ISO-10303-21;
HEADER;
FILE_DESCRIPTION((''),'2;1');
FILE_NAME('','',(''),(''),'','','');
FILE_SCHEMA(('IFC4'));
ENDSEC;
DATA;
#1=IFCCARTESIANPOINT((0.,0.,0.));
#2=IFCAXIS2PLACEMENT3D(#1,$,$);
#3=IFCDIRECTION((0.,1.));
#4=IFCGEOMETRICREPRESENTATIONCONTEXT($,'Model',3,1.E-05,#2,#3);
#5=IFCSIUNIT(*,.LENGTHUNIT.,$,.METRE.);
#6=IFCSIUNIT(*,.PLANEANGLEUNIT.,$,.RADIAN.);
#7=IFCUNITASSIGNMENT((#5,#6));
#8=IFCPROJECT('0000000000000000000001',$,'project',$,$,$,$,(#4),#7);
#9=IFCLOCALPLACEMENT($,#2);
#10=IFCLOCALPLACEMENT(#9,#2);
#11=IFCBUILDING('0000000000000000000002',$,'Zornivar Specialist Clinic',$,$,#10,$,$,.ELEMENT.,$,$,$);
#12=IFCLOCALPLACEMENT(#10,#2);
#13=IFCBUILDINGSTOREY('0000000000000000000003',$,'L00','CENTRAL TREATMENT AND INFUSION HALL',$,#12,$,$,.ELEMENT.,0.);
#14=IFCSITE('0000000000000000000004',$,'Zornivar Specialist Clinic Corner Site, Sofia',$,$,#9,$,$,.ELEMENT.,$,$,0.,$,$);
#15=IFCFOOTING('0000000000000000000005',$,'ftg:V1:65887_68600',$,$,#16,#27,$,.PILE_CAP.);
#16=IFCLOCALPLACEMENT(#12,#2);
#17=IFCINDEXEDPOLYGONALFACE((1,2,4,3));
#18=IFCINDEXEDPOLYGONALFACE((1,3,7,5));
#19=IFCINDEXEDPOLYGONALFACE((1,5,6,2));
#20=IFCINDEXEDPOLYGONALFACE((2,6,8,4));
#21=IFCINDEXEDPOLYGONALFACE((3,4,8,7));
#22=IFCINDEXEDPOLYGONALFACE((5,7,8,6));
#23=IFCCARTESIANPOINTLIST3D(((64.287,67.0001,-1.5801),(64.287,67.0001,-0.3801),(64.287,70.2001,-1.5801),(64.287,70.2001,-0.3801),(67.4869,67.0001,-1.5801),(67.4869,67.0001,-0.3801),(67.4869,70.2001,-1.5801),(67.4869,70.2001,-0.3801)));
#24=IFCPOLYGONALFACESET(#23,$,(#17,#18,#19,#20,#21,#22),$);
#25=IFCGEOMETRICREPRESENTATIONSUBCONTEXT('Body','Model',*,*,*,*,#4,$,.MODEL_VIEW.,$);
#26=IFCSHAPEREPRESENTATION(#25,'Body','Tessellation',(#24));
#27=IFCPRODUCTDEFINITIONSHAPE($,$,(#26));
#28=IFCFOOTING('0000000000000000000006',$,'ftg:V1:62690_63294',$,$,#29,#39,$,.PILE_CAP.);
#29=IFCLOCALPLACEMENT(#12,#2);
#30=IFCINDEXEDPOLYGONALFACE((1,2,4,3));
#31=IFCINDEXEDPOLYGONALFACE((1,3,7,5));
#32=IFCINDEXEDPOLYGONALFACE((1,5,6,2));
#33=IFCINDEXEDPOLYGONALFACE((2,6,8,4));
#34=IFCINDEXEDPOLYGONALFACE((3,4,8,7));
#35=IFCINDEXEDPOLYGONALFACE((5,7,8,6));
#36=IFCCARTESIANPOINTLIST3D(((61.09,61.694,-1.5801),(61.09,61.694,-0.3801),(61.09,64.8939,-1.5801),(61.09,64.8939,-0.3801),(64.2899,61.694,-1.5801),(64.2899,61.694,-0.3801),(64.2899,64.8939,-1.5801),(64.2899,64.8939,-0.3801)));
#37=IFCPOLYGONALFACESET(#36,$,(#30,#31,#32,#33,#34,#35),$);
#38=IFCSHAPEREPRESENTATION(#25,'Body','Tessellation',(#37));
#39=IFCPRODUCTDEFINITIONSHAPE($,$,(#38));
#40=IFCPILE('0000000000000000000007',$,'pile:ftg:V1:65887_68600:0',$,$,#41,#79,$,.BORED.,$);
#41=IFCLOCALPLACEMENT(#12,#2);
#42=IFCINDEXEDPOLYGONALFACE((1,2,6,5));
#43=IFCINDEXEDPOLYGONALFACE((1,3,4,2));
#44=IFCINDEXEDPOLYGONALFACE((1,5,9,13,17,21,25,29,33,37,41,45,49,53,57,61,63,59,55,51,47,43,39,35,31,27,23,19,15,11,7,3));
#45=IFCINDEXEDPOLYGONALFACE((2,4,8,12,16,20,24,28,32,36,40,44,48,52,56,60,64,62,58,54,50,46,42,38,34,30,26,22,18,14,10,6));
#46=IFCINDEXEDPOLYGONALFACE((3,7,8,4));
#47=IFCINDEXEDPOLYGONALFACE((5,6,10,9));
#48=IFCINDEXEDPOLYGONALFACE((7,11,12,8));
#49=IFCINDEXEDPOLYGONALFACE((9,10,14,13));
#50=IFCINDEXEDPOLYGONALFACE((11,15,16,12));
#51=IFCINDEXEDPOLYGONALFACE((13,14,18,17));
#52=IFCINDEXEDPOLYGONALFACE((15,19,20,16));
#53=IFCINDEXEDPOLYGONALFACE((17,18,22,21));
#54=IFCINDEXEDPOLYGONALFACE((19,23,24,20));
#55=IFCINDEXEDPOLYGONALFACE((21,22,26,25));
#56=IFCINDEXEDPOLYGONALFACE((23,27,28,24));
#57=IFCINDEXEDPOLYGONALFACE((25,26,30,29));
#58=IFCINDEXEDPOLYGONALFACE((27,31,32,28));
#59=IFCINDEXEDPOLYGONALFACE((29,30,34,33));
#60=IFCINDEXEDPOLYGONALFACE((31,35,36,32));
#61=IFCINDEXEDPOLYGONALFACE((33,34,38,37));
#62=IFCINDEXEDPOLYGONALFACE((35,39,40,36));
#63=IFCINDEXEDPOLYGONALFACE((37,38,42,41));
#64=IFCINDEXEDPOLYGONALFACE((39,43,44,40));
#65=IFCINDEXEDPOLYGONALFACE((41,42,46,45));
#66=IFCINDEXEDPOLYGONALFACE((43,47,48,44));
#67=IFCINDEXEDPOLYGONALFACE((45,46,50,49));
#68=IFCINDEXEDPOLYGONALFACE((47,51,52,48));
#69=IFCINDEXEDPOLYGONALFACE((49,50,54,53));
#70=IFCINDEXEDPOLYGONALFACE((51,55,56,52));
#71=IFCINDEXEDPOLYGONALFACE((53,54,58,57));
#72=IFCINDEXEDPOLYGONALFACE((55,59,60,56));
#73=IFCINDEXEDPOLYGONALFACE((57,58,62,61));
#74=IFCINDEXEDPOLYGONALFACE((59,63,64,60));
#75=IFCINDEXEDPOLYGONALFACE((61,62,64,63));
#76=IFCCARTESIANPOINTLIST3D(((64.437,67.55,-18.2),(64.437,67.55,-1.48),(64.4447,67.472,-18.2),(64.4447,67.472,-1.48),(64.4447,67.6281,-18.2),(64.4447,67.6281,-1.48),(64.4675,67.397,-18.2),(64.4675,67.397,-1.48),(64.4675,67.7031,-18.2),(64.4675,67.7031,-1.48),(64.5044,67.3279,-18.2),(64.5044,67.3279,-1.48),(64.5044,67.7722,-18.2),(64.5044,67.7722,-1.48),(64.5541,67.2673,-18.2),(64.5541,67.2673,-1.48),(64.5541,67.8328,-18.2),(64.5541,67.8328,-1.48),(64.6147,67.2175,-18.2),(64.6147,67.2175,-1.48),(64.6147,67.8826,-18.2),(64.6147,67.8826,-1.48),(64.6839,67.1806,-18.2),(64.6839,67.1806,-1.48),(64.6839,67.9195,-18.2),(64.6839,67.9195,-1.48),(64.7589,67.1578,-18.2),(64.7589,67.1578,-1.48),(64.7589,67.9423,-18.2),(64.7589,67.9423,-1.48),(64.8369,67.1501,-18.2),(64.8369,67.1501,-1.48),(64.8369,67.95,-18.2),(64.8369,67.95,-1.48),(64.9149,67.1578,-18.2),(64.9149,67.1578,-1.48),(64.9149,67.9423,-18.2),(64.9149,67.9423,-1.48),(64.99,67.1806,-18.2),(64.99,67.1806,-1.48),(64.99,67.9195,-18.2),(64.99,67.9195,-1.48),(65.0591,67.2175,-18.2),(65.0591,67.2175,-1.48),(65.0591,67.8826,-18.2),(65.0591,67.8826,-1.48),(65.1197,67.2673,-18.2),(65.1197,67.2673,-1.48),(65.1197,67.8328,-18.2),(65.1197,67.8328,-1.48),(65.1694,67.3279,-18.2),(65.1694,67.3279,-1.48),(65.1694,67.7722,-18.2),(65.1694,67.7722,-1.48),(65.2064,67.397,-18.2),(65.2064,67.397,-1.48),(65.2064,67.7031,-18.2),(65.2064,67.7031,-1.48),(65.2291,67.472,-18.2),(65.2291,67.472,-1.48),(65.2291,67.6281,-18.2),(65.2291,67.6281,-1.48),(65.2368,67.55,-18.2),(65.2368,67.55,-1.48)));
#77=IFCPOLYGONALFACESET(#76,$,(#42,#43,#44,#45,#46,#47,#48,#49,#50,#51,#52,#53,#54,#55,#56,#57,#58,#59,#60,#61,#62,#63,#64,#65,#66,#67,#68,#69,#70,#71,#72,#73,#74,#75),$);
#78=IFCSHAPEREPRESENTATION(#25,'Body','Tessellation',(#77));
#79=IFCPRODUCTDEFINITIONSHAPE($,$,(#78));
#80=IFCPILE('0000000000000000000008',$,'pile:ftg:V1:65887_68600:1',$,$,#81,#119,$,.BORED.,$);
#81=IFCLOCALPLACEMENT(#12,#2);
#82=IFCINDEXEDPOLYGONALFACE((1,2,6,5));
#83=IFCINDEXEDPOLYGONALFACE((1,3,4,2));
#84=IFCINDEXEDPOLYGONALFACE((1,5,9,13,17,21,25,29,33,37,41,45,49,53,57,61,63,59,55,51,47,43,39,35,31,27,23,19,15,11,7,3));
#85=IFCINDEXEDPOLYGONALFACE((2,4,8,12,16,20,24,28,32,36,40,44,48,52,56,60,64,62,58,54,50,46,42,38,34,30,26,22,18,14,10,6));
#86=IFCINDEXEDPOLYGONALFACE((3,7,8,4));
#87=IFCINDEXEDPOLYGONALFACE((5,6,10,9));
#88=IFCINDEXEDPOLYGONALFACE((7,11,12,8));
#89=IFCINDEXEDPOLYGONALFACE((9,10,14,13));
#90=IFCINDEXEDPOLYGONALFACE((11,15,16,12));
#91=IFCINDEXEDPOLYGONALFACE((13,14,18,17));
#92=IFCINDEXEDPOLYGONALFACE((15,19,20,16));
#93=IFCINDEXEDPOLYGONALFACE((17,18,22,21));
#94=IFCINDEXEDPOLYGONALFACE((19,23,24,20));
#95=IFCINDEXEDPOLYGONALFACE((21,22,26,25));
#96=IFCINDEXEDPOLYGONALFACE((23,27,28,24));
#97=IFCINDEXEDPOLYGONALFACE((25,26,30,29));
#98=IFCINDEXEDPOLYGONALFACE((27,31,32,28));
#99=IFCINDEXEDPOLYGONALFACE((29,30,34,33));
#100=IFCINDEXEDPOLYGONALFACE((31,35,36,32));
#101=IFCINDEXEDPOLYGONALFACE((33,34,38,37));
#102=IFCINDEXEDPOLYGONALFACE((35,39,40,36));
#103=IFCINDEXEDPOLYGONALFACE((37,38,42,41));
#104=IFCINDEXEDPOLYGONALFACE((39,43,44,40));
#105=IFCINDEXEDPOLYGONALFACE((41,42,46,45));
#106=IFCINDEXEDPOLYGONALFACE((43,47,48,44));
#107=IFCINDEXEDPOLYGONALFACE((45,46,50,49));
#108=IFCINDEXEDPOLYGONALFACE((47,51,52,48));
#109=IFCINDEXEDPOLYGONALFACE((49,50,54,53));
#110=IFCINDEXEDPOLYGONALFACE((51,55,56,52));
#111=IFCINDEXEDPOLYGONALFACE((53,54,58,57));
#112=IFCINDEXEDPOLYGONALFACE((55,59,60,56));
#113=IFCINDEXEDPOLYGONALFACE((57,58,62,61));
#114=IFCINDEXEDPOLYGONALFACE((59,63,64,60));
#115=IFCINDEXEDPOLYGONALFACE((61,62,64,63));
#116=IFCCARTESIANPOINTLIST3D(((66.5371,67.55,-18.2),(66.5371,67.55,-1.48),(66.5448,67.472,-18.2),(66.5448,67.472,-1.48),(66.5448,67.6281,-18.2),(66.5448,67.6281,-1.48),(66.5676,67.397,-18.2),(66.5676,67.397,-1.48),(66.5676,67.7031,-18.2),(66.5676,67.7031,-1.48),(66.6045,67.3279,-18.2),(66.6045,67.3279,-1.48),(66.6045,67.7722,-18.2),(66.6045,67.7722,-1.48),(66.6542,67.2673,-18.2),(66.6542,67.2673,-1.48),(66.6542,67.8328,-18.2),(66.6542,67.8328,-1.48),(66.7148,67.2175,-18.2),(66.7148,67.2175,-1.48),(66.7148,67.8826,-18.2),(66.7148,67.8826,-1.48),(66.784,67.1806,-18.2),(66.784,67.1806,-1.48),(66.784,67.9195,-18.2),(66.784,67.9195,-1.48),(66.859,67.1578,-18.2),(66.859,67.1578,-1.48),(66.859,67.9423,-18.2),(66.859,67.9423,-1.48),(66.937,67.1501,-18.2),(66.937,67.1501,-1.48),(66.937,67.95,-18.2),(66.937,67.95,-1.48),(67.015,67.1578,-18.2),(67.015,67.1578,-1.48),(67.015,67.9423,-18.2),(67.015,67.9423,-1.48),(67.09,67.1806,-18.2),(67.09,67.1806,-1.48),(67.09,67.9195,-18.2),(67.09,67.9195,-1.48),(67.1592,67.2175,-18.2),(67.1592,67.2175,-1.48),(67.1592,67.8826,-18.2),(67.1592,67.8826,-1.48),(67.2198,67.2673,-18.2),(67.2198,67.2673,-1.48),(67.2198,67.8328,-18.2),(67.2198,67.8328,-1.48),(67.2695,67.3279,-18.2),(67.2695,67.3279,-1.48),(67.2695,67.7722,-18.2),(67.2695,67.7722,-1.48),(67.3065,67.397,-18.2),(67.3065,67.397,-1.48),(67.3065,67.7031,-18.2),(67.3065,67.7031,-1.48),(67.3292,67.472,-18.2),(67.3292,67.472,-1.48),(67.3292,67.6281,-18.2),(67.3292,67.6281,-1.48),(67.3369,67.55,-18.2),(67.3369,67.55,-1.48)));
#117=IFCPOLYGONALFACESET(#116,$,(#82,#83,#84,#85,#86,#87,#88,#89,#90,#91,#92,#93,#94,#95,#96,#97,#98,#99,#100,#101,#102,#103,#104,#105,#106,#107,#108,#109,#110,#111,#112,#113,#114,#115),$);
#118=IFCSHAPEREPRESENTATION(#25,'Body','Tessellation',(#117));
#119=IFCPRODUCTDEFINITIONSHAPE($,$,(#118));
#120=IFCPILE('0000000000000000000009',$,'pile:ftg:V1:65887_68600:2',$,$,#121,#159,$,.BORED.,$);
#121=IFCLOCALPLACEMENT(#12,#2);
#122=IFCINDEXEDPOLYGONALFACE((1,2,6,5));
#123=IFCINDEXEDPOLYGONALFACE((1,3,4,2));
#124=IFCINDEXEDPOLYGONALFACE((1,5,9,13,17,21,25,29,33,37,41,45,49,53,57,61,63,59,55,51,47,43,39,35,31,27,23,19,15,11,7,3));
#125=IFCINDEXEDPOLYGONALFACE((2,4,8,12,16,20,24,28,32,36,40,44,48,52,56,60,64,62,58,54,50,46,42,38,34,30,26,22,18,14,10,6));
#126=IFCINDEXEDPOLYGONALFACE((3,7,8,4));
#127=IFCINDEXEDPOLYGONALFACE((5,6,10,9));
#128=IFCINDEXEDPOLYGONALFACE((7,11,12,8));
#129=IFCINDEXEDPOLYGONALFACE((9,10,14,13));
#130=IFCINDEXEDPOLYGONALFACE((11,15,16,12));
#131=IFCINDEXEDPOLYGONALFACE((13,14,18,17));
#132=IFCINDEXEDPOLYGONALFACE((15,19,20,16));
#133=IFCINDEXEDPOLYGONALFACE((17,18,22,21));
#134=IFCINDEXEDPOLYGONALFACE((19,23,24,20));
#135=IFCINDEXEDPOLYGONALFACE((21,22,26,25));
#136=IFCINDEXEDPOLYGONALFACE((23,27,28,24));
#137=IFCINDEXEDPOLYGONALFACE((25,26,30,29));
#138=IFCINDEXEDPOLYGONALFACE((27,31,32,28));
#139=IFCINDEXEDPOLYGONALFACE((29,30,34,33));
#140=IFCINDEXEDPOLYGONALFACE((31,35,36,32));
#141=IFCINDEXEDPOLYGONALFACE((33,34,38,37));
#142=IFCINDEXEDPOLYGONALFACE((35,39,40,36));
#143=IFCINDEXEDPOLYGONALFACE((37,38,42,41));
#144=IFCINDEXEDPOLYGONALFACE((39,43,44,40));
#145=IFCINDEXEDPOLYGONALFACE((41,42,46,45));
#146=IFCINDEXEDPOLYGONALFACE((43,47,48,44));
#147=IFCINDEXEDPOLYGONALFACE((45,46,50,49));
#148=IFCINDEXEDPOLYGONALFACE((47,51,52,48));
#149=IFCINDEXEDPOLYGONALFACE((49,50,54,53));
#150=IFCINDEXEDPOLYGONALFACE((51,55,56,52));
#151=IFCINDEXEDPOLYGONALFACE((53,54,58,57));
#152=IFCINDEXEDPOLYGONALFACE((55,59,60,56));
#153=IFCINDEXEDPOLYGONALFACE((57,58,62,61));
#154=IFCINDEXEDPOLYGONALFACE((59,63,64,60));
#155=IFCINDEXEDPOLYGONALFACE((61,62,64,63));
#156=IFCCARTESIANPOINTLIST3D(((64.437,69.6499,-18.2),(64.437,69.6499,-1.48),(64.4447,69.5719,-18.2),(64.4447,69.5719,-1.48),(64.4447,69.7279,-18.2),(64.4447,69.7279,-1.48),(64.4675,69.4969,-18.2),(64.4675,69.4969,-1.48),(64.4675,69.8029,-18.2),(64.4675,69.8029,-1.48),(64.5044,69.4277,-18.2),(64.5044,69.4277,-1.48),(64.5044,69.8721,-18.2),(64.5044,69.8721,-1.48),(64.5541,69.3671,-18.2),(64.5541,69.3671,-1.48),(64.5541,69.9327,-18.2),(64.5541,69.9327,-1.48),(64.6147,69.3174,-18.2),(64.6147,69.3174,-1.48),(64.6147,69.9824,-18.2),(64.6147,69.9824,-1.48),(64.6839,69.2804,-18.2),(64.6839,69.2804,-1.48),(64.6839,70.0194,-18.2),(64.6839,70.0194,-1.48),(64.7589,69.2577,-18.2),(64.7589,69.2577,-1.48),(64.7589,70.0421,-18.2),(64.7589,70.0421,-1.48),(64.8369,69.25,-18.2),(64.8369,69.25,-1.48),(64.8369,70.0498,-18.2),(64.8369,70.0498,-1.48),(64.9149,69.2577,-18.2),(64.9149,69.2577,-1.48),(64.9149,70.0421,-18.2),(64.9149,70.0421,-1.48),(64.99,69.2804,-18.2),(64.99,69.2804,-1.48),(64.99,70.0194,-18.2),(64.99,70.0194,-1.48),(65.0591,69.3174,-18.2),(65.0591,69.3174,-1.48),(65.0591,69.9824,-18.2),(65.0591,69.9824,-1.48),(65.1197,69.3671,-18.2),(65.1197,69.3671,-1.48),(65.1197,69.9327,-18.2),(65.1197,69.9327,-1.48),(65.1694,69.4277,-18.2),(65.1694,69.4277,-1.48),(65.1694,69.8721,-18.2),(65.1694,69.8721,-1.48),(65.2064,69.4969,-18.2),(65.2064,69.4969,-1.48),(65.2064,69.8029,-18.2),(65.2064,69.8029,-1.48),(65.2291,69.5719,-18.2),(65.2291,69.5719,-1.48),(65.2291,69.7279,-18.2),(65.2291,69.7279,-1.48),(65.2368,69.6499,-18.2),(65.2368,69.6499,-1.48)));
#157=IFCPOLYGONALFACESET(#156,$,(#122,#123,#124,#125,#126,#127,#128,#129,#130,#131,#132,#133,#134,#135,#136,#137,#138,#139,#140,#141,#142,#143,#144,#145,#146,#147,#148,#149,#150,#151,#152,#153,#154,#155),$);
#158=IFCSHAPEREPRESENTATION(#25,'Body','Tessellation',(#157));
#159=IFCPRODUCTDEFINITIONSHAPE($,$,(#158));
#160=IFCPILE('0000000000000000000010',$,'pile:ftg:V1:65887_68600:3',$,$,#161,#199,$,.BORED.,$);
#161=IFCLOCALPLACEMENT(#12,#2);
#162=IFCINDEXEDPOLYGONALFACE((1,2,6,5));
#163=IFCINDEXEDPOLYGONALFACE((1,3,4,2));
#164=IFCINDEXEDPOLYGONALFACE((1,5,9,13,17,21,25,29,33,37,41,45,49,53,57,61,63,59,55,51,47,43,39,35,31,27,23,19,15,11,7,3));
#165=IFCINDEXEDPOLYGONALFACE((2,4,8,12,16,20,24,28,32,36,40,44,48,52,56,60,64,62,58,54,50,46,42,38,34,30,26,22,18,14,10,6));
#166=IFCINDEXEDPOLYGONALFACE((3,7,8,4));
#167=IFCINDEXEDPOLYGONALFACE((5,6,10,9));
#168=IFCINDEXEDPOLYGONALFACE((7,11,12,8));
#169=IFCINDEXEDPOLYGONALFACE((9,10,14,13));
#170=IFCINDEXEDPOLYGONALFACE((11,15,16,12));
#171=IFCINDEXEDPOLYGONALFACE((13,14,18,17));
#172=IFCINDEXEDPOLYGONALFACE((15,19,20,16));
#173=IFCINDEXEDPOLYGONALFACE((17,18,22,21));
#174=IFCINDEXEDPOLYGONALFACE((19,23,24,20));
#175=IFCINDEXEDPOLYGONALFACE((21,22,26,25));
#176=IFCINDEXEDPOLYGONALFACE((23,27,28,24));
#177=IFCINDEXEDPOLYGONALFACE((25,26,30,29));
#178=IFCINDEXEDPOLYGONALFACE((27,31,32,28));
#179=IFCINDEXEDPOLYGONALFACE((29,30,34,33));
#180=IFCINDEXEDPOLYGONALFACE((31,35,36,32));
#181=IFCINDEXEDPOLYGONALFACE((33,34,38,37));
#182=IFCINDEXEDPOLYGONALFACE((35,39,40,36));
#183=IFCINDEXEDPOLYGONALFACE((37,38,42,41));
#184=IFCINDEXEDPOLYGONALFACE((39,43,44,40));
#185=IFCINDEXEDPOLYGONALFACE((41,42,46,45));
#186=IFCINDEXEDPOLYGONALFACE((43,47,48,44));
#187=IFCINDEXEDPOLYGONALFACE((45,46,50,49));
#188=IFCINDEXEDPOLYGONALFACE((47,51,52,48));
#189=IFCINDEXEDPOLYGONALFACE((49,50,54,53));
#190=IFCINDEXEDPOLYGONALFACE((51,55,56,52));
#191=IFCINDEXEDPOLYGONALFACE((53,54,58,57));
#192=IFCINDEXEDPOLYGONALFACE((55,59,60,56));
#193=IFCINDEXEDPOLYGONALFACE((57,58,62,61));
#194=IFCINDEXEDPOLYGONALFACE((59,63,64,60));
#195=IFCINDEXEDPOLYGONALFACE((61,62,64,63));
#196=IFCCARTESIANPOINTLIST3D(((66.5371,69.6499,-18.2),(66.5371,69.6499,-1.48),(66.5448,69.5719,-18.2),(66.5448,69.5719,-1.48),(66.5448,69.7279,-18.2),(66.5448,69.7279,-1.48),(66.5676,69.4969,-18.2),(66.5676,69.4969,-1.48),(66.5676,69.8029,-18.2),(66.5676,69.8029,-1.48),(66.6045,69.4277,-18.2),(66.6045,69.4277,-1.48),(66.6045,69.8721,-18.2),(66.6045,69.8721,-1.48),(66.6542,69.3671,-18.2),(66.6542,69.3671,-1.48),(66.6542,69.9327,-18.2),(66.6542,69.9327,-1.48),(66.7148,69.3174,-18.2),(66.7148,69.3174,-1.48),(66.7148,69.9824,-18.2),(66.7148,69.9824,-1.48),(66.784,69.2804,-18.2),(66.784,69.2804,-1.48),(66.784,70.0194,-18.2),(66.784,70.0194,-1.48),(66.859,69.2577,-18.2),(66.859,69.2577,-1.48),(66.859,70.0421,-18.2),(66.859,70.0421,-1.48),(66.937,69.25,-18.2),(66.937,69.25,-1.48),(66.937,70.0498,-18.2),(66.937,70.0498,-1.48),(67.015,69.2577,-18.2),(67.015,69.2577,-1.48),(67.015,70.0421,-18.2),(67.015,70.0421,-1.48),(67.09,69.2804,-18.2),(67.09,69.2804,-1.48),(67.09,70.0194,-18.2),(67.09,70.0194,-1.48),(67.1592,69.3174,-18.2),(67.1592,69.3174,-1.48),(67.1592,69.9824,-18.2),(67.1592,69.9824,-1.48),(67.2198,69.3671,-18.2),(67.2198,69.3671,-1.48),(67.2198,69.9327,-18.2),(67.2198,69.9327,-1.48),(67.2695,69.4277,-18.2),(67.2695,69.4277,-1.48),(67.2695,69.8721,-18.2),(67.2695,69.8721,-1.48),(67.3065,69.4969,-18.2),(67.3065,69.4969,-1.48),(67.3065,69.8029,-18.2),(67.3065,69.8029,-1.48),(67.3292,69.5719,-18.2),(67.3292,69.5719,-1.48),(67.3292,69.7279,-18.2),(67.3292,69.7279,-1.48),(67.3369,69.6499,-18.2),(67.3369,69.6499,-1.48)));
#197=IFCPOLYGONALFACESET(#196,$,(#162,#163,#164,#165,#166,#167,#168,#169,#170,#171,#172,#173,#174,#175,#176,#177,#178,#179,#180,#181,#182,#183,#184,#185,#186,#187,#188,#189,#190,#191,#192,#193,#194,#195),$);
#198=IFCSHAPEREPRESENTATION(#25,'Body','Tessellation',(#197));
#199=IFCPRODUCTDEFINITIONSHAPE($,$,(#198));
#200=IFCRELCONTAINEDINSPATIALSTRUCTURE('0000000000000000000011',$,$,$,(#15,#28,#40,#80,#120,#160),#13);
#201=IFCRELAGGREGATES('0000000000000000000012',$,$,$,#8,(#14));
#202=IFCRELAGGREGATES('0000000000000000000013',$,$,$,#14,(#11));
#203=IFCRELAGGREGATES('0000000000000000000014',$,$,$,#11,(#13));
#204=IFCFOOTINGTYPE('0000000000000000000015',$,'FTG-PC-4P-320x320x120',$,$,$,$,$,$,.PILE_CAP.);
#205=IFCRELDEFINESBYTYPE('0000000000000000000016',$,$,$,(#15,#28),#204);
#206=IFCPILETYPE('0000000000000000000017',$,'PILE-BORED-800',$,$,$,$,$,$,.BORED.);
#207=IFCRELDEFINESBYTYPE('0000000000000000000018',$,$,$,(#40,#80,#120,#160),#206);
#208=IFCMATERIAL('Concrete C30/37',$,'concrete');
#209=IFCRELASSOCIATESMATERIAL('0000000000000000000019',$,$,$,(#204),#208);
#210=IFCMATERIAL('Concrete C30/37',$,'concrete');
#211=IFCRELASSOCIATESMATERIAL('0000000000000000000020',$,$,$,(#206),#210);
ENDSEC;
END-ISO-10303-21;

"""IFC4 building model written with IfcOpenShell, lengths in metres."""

from ifc_helpers import new_model, si_unit, direction, frame, origin, origin_2d, place, context, subcontext, project, spatial, rectangle, circle, extrude, material, material_profile, profile_set, type_object, element, save


model = new_model("IFC4")

# Units and contexts
model_context = context("Model", 3, precision=1e-05, world=origin(), true_north=direction((0.0, 1.0)))
body_context = subcontext(model_context, "Body", "Model", "MODEL_VIEW")
ifc_project = project(units=[si_unit("LENGTHUNIT", "METRE"), si_unit("PLANEANGLEUNIT", "RADIAN")], contexts=[model_context])

# Site, building, storey
site_placement = place(None, origin())
site = spatial("IfcSite", under=ifc_project, at=site_placement, Name="Zornivar Specialist Clinic Corner Site, Sofia", CompositionType="ELEMENT", RefElevation=0.0)
building_placement = place(site_placement, origin())
building = spatial("IfcBuilding", under=site, at=building_placement, Name="Zornivar Specialist Clinic", CompositionType="ELEMENT")
storey_placement = place(building_placement, origin())
storey = spatial("IfcBuildingStorey", under=building, at=storey_placement, Name="L00", Description="CENTRAL TREATMENT AND INFUSION HALL", CompositionType="ELEMENT", Elevation=0.0)

# Footings
ifc_material_1 = material(Name="Concrete C30/37", Category="concrete")
footing_type = type_object("IfcFootingType", Name="FTG-PC-4P-320x320x120", PredefinedType="PILE_CAP", material=ifc_material_1)
for number, where, z_axis, x_axis, name in (
    (1, (65.887, 68.6001, -1.5801), (0.0, 0.0, 1.0), (1.0, 0.0, 0.0), "ftg:V1:65887_68600"),
    (2, (62.6899, 63.2939, -1.5801), (0.0, 0.0, 1.0), (1.0, 0.0, 0.0), "ftg:V1:62690_63294"),
):
    element("IfcFooting", number, at=place(storey_placement, frame(where, z_axis=z_axis, x_axis=x_axis)), inside=storey, type_object=footing_type, Name=name, PredefinedType="PILE_CAP", context=body_context, shape_type="SweptSolid", body=[
        extrude(rectangle(XDim=3.2, YDim=3.2, at=origin_2d()), origin(), (0.0, 0.0, 1.0), 1.2),
    ])

# Piles
ifc_material_2 = material(Name="Concrete C30/37", Category="concrete")
ifc_material_profile_1 = material_profile(ifc_material_2, circle(Radius=0.3999, at=origin_2d()), Name="PILE D800")
ifc_profile_set_1 = profile_set([ifc_material_profile_1], Name="Concrete C30/37")
pile_type = type_object("IfcPileType", Name="PILE-BORED-800", PredefinedType="BORED", material=ifc_profile_set_1)
for number, where, z_axis, x_axis, name in (
    (3, (64.8369, 67.55, -1.48), (0.0, 0.0, -1.0), (1.0, 0.0, 0.0), "pile:ftg:V1:65887_68600:0"),
    (4, (66.937, 67.55, -1.48), (0.0, 0.0, -1.0), (1.0, 0.0, 0.0), "pile:ftg:V1:65887_68600:1"),
    (5, (64.8369, 69.6499, -1.48), (0.0, 0.0, -1.0), (1.0, 0.0, 0.0), "pile:ftg:V1:65887_68600:2"),
    (6, (66.937, 69.6499, -1.48), (0.0, 0.0, -1.0), (1.0, 0.0, 0.0), "pile:ftg:V1:65887_68600:3"),
):
    element("IfcPile", number, at=place(storey_placement, frame(where, z_axis=z_axis, x_axis=x_axis)), inside=storey, type_object=pile_type, Name=name, PredefinedType="BORED", context=body_context, shape_type="SweptSolid", body=[
        extrude(circle(Radius=0.3999, at=origin_2d()), origin(), (0.0, 0.0, 1.0), 16.72),
    ])

save(model, "model.ifc")
